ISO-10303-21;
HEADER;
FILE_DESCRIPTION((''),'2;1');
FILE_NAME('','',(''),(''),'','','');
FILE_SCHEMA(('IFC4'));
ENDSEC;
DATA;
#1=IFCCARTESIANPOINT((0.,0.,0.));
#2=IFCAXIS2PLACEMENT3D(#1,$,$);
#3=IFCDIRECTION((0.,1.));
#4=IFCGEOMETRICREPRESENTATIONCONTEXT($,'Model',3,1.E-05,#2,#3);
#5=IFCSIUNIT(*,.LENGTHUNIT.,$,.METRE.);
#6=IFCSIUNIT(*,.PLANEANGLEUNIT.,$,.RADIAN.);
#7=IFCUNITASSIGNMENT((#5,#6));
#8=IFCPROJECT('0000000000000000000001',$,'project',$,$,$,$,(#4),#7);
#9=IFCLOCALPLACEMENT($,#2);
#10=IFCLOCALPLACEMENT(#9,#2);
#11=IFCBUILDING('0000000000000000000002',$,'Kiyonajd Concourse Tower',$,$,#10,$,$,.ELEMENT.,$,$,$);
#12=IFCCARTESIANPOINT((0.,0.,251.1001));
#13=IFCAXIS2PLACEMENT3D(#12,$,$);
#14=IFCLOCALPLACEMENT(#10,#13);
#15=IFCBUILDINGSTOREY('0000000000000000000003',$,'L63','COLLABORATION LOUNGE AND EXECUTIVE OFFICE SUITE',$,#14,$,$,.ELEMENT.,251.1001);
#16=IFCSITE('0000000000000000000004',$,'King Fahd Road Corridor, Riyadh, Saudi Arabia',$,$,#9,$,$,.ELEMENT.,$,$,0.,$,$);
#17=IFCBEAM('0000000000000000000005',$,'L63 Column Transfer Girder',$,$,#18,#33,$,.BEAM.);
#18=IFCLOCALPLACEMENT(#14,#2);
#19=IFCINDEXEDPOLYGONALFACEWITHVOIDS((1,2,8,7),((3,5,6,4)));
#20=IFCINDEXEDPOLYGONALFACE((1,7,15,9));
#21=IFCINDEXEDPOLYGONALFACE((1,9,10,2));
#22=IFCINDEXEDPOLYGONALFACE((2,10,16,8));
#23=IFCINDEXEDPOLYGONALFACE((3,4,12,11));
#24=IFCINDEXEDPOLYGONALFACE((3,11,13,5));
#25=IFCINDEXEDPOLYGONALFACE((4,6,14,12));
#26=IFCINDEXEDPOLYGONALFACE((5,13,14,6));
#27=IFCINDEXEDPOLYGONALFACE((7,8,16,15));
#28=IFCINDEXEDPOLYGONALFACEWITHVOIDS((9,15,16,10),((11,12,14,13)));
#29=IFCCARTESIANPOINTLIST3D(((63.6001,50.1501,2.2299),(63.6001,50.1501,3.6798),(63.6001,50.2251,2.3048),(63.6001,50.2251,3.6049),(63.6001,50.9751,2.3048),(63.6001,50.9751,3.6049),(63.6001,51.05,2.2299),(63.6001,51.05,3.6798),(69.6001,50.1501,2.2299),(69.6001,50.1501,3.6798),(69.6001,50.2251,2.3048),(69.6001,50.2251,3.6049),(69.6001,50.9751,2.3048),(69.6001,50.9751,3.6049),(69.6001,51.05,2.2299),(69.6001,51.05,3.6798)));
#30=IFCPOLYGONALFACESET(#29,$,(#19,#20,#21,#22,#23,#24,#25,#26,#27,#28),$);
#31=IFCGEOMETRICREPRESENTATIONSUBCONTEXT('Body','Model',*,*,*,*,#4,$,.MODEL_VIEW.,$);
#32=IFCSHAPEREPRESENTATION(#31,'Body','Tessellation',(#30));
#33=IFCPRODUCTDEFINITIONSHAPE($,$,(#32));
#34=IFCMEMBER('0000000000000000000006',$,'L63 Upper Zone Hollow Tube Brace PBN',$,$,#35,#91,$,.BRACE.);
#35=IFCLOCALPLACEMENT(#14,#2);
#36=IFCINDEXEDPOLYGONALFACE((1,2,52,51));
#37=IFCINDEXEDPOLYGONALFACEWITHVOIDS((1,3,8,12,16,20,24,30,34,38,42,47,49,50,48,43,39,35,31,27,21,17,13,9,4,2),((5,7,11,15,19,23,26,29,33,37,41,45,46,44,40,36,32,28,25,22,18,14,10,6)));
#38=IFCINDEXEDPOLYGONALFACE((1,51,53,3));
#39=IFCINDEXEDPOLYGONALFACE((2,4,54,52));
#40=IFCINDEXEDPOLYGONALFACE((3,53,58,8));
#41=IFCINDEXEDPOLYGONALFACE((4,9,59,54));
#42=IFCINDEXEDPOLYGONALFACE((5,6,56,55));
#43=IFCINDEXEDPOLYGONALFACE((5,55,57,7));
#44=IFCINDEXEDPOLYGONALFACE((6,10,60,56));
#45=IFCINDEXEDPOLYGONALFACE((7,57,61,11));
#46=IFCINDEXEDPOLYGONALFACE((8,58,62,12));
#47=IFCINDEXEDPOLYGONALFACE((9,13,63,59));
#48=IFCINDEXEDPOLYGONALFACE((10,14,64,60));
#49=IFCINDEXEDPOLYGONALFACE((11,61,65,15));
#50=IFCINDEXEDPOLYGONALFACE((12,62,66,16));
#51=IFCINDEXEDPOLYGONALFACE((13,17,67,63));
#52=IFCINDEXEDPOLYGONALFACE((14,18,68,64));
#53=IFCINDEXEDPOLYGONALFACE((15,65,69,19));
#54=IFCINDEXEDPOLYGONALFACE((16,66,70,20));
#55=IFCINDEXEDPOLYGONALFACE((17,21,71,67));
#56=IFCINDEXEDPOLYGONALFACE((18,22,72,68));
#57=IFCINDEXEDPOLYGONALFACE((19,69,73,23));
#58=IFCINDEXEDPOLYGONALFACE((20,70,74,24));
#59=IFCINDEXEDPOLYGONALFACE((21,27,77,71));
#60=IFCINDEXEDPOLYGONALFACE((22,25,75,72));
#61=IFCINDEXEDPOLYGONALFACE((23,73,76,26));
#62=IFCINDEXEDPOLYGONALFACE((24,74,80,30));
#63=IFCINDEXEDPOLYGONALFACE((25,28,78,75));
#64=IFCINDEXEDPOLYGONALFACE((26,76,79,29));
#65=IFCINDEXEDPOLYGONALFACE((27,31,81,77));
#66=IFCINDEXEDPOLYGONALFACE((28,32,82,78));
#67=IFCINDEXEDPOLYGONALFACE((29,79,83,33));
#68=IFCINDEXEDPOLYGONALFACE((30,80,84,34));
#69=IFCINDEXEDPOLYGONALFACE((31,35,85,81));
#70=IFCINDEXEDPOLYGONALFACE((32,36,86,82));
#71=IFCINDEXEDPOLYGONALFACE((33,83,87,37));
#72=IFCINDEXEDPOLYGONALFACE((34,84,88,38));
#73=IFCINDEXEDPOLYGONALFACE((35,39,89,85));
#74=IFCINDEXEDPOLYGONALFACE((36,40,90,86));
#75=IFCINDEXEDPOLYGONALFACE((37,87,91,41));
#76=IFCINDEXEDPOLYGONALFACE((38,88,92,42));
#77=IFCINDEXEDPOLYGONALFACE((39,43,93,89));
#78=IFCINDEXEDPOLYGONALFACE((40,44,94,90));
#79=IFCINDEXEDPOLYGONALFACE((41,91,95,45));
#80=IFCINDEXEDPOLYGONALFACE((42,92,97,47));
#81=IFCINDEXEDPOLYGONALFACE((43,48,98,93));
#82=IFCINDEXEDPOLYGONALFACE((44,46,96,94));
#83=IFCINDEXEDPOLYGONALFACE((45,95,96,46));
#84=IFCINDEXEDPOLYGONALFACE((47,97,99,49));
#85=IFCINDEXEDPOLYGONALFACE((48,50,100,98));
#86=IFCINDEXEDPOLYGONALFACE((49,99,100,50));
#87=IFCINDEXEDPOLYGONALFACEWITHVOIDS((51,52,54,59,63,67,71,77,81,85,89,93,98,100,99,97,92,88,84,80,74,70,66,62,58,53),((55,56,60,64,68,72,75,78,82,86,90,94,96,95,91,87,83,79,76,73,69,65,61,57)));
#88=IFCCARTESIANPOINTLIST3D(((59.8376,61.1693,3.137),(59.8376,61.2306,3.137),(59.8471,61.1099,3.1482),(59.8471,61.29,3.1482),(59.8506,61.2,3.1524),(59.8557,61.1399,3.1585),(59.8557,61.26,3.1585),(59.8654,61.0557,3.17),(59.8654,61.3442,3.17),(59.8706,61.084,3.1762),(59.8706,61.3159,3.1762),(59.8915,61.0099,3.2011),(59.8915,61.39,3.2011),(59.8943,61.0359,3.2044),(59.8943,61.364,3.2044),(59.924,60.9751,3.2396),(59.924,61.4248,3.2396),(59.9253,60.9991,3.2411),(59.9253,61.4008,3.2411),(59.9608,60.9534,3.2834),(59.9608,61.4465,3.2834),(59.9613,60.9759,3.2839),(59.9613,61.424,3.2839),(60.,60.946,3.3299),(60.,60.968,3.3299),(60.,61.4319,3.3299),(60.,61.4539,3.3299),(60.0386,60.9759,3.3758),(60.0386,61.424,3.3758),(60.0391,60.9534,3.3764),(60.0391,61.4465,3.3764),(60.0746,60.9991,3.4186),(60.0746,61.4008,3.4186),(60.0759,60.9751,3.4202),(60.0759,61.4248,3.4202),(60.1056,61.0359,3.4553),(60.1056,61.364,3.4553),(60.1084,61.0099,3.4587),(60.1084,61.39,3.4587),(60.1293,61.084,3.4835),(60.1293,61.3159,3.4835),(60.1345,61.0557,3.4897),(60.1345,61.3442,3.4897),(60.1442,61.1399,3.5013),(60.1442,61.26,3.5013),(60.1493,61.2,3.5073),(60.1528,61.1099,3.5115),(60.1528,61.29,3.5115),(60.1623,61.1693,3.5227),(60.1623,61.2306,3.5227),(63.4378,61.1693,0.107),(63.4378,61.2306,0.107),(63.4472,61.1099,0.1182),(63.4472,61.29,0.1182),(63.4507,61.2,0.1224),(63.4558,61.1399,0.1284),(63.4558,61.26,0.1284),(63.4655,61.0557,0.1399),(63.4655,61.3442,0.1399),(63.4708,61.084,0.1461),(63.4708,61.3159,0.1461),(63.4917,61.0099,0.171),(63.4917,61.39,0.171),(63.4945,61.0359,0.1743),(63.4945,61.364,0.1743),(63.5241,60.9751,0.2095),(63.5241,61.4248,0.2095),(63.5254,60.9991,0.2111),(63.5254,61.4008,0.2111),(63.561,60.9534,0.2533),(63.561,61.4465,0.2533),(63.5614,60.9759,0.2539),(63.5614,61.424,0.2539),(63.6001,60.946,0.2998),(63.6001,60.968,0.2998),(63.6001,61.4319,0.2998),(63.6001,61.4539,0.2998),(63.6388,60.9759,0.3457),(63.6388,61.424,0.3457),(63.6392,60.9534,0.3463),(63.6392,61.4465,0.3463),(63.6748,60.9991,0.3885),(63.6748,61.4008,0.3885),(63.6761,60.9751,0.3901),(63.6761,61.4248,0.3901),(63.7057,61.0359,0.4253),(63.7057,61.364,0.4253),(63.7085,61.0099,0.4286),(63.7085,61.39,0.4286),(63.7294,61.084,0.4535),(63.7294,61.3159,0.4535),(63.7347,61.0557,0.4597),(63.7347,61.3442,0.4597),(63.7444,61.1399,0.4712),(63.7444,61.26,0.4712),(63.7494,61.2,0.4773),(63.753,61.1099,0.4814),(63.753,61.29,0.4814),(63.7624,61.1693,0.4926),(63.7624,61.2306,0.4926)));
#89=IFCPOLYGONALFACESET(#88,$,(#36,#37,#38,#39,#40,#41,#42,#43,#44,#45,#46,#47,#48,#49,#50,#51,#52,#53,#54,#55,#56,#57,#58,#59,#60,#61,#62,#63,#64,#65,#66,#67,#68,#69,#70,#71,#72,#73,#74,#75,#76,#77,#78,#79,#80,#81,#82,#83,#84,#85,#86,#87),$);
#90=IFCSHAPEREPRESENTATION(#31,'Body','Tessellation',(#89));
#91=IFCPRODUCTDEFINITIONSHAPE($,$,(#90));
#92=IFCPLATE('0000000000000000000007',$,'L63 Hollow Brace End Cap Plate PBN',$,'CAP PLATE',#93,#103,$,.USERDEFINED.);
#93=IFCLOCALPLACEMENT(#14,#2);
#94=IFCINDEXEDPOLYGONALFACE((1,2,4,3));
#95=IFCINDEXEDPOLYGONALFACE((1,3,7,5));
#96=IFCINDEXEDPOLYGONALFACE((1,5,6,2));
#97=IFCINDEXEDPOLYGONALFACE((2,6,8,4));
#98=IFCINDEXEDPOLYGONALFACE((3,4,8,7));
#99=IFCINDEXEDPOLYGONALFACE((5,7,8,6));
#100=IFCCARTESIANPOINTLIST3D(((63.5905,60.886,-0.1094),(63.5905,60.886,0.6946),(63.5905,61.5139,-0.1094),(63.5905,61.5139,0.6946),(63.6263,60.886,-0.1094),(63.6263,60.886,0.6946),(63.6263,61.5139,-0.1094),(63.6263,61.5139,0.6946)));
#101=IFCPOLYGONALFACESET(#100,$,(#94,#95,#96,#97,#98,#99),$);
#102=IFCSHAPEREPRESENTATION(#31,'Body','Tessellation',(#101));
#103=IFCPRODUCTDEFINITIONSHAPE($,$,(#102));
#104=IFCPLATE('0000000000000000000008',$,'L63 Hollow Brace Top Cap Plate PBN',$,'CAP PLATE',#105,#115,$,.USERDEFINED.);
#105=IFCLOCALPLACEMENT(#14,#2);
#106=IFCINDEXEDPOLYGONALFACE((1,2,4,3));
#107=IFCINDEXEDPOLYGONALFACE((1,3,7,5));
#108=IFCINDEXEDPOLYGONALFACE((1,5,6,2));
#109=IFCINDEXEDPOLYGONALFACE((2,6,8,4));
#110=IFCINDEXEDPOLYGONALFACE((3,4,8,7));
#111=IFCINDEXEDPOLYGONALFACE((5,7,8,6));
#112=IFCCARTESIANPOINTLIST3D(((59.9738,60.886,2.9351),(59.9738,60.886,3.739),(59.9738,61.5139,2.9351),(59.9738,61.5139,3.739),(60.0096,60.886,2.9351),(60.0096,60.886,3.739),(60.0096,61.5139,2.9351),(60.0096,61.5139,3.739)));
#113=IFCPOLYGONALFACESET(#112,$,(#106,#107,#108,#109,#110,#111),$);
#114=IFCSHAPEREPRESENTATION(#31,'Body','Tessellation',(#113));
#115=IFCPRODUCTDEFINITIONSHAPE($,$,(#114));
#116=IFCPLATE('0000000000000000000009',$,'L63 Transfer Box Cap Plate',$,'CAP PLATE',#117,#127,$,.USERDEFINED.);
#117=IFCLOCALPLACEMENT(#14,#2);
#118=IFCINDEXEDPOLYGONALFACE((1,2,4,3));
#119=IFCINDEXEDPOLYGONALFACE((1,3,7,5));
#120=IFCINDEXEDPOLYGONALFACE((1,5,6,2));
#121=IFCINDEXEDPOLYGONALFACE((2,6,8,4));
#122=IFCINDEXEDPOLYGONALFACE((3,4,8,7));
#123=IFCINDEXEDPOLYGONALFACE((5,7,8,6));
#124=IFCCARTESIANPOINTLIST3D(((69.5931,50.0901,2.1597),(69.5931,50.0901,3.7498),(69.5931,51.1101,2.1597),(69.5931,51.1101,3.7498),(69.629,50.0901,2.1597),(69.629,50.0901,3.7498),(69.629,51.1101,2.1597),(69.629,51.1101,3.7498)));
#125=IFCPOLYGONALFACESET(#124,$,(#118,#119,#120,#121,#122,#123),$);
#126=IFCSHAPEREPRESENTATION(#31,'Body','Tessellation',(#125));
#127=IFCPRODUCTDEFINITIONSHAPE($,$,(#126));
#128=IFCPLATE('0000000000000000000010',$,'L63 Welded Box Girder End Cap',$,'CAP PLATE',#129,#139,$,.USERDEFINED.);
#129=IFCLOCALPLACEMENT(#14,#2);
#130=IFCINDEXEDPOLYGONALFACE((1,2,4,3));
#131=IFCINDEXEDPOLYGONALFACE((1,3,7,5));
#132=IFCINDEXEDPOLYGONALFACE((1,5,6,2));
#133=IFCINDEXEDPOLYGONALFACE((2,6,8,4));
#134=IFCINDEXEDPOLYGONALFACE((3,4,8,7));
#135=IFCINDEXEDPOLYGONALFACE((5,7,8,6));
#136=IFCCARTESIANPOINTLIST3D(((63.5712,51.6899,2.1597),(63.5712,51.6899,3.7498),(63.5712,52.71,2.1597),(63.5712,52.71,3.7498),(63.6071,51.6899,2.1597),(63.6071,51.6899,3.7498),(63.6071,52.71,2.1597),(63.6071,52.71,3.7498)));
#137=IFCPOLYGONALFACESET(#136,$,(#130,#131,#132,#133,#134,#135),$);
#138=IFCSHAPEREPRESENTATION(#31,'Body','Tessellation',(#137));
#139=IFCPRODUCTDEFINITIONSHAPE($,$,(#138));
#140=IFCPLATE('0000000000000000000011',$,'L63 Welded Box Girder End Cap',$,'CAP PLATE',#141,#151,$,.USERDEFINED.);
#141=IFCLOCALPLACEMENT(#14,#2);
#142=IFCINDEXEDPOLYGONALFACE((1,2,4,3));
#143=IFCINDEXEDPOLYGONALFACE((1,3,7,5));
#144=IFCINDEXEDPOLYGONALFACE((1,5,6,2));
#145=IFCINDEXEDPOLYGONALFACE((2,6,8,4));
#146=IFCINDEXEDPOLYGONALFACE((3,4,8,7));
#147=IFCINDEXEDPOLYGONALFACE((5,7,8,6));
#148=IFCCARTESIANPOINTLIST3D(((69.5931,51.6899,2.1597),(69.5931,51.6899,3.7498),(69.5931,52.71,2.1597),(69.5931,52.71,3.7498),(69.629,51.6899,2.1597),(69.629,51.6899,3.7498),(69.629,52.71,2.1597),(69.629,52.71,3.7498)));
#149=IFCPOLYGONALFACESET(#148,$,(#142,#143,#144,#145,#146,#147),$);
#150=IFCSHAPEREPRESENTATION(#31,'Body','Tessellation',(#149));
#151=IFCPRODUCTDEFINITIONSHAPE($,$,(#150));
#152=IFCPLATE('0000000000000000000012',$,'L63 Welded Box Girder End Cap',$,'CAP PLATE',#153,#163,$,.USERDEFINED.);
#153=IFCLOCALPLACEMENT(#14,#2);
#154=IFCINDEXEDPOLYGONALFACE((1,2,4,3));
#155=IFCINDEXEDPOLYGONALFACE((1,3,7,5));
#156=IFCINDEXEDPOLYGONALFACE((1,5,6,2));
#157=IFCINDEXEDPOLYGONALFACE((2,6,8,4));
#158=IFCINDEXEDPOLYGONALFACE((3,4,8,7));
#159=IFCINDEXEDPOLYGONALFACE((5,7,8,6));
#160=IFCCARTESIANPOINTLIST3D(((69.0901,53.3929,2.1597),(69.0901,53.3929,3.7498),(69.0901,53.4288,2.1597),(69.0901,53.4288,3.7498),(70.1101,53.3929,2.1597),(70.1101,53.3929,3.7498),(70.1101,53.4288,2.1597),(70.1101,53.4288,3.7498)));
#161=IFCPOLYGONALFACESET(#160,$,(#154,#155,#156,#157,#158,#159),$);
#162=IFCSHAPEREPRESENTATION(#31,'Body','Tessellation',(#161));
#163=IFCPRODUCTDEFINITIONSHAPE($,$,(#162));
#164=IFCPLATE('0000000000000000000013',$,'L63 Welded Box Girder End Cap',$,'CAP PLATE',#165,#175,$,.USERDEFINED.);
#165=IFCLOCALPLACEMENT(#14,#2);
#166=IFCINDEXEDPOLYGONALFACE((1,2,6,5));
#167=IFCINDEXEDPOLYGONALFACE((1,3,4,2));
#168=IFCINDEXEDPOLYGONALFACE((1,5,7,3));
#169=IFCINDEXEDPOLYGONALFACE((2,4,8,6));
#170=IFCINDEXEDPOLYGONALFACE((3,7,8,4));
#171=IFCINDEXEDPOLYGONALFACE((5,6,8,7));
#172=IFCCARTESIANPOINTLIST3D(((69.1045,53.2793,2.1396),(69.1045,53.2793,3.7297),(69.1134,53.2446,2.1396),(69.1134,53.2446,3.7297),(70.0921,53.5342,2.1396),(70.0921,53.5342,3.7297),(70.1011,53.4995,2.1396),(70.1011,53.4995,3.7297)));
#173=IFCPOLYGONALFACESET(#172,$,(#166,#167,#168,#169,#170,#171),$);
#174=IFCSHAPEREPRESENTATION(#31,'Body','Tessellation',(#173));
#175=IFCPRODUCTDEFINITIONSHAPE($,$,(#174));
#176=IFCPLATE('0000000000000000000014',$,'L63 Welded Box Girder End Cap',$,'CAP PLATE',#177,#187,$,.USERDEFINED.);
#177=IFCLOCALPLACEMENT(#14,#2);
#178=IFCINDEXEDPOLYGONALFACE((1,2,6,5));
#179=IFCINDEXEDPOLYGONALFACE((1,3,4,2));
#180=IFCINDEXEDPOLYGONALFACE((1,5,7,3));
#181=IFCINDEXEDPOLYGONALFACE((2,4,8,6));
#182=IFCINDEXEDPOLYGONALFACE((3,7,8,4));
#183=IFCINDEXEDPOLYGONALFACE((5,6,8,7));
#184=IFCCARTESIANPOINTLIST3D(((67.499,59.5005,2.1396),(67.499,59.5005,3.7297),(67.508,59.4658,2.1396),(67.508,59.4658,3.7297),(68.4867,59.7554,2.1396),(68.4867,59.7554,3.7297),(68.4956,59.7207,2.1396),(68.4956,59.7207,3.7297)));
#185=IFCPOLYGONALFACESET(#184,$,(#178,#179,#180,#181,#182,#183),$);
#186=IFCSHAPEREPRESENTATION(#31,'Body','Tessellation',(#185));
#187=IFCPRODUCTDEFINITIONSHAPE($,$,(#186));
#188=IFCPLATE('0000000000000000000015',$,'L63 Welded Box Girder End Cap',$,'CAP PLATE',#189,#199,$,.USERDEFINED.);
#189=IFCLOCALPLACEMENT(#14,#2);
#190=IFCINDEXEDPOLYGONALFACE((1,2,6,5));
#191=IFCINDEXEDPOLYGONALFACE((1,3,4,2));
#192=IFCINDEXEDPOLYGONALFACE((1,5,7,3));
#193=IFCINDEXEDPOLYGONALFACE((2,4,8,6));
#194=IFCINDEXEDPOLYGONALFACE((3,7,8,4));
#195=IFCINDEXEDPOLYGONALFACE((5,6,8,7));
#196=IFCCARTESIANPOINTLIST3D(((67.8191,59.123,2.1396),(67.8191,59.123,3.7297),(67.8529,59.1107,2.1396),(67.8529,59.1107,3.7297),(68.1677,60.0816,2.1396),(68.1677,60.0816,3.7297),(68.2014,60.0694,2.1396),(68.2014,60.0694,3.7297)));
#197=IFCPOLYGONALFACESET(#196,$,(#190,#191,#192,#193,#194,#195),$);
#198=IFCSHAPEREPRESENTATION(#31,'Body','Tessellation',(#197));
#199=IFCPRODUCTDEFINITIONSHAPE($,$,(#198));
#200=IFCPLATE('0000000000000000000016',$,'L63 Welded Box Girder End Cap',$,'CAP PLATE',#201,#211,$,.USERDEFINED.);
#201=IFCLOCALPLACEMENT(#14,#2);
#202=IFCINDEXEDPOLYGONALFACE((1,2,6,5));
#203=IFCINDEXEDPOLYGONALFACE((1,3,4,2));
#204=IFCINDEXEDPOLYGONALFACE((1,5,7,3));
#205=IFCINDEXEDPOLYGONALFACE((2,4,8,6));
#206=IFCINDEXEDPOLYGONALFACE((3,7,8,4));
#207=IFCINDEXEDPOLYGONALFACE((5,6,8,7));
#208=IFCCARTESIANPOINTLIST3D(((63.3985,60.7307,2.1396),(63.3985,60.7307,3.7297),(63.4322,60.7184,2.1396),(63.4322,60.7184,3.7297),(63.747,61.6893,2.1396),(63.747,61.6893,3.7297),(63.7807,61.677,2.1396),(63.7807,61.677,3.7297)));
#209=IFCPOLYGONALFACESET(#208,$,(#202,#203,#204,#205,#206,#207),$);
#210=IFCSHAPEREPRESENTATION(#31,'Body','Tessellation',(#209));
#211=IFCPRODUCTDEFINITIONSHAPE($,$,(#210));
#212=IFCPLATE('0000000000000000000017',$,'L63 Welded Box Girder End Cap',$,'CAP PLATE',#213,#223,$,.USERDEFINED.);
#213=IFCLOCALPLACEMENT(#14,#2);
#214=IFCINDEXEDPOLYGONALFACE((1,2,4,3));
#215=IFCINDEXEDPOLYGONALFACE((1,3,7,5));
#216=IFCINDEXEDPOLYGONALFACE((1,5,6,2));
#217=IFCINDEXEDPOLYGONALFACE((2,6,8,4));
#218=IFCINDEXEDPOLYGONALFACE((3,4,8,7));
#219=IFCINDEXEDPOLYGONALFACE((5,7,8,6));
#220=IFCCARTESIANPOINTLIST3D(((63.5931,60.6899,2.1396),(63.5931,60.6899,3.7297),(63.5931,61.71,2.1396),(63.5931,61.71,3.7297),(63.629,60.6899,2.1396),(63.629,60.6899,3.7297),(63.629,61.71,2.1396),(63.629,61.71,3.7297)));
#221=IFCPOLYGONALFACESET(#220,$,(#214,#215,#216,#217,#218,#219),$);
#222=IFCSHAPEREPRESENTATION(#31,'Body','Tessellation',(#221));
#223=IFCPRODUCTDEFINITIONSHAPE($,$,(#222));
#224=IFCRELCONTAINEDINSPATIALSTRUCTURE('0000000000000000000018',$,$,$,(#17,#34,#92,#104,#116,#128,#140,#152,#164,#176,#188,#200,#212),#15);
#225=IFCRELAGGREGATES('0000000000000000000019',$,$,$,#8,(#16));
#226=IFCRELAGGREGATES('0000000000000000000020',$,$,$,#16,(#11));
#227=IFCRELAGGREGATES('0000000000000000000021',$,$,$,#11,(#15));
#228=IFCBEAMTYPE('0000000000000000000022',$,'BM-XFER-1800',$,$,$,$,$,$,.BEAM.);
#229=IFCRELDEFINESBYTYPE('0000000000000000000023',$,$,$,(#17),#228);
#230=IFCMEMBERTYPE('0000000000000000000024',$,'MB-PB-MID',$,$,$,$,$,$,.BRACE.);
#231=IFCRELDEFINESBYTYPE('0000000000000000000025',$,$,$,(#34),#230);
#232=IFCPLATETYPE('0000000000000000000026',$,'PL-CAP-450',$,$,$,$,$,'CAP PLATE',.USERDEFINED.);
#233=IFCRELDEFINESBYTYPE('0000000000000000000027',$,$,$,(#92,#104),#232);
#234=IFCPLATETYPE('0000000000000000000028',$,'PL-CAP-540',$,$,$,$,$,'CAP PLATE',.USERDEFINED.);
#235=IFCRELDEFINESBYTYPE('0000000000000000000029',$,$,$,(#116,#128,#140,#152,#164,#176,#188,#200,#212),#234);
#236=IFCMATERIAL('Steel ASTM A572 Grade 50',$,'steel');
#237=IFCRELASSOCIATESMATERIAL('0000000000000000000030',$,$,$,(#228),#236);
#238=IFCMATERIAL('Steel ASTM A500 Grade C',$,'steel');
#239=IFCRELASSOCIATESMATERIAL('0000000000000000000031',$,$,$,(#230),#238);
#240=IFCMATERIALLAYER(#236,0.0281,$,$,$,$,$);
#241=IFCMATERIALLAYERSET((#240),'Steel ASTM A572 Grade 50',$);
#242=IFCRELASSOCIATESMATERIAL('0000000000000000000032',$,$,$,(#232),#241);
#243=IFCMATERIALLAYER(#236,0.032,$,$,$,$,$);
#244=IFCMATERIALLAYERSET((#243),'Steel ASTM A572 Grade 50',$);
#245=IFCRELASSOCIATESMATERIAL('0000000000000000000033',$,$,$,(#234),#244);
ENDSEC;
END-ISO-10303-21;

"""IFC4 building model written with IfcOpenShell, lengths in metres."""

from ifc_helpers import new_model, si_unit, direction, frame, origin, origin_2d, place, context, subcontext, project, spatial, rectangle, hollow_rectangle, hollow_circle, extrude, material, layer, layer_set, material_profile, profile_set, type_object, element, save


model = new_model("IFC4")

# Units and contexts
model_context = context("Model", 3, precision=1e-05, world=origin(), true_north=direction((0.0, 1.0)))
body_context = subcontext(model_context, "Body", "Model", "MODEL_VIEW")
ifc_project = project(units=[si_unit("LENGTHUNIT", "METRE"), si_unit("PLANEANGLEUNIT", "RADIAN")], contexts=[model_context])

# Site, building, storey
site_placement = place(None, origin())
site = spatial("IfcSite", under=ifc_project, at=site_placement, Name="King Fahd Road Corridor, Riyadh, Saudi Arabia", CompositionType="ELEMENT", RefElevation=0.0)
building_placement = place(site_placement, origin())
building = spatial("IfcBuilding", under=site, at=building_placement, Name="Kiyonajd Concourse Tower", CompositionType="ELEMENT")
storey_placement = place(building_placement, frame((0.0, 0.0, 251.1001)))
storey = spatial("IfcBuildingStorey", under=building, at=storey_placement, Name="L63", Description="COLLABORATION LOUNGE AND EXECUTIVE OFFICE SUITE", CompositionType="ELEMENT", Elevation=251.1001)

# Beam
ifc_material_1 = material(Name="Steel ASTM A572 Grade 50", Category="steel")
ifc_material_profile_1 = material_profile(ifc_material_1, hollow_rectangle(XDim=0.8999, YDim=1.45, WallThickness=0.075, at=origin_2d()), Name="BOX-1450x900x75")
ifc_profile_set_1 = profile_set([ifc_material_profile_1], Name="Steel ASTM A572 Grade 50")
beam_type_1 = type_object("IfcBeamType", Name="BM-XFER-1800", PredefinedType="BEAM", material=ifc_profile_set_1)
beam_1_placement = place(storey_placement, frame((63.6001, 50.6001, 2.9548), z_axis=(1.0, 0.0, 0.0), x_axis=(0.0, 1.0, 0.0)))
element("IfcBeam", 1, at=beam_1_placement, inside=storey, type_object=beam_type_1, Name="L63 Column Transfer Girder", PredefinedType="BEAM", context=body_context, shape_type="SweptSolid", body=[
    extrude(hollow_rectangle(XDim=0.8999, YDim=1.45, WallThickness=0.075, at=origin_2d()), origin(), (0.0, 0.0, 1.0), 6.0),
])

# Member
ifc_material_2 = material(Name="Steel ASTM A500 Grade C", Category="steel")
ifc_material_profile_2 = material_profile(ifc_material_2, hollow_circle(Radius=0.2539, WallThickness=0.022, at=origin_2d()), Name="CHS-508x22")
ifc_profile_set_2 = profile_set([ifc_material_profile_2], Name="Steel ASTM A500 Grade C")
member_type = type_object("IfcMemberType", Name="MB-PB-MID", PredefinedType="BRACE", material=ifc_profile_set_2)
member_placement = place(storey_placement, frame((63.6001, 61.2, 0.2998), z_axis=(-0.765082, 0.0, 0.643933), x_axis=(0.0, -1.0, 0.0)))
element("IfcMember", 2, at=member_placement, inside=storey, type_object=member_type, Name="L63 Upper Zone Hollow Tube Brace PBN", PredefinedType="BRACE", context=body_context, shape_type="SweptSolid", body=[
    extrude(hollow_circle(Radius=0.2539, WallThickness=0.022, at=origin_2d()), origin(), (0.0, 0.0, 1.0), 4.7056),
])

# Plates
ifc_layer_1 = layer(ifc_material_1, 0.0281)
ifc_layer_set_1 = layer_set([ifc_layer_1], Name="Steel ASTM A572 Grade 50")
plate_type_1 = type_object("IfcPlateType", Name="PL-CAP-450", ElementType="CAP PLATE", PredefinedType="USERDEFINED", material=ifc_layer_set_1)
for number, where, z_axis, x_axis, name in (
    (3, (63.6084, 61.2, -0.1094), (0.0, 0.0, 1.0), (1.0, 0.0, 0.0), "L63 Hollow Brace End Cap Plate PBN"),
    (4, (59.9917, 61.2, 2.9351), (0.0, 0.0, 1.0), (-1.0, 0.0, 0.0), "L63 Hollow Brace Top Cap Plate PBN"),
):
    element("IfcPlate", number, at=place(storey_placement, frame(where, z_axis=z_axis, x_axis=x_axis)), inside=storey, type_object=plate_type_1, Name=name, ObjectType="CAP PLATE", PredefinedType="USERDEFINED", context=body_context, shape_type="SweptSolid", body=[
        extrude(rectangle(XDim=0.0359, YDim=0.6279, at=origin_2d()), origin(), (0.0, 0.0, 1.0), 0.804),
    ])
ifc_layer_2 = layer(ifc_material_1, 0.032)
ifc_layer_set_2 = layer_set([ifc_layer_2], Name="Steel ASTM A572 Grade 50")
plate_type_2 = type_object("IfcPlateType", Name="PL-CAP-540", ElementType="CAP PLATE", PredefinedType="USERDEFINED", material=ifc_layer_set_2)
for number, where, z_axis, x_axis, name in (
    (5, (69.6111, 50.6001, 2.1597), (0.0, 0.0, 1.0), (1.0, 0.0, 0.0), "L63 Transfer Box Cap Plate"),
    (6, (63.5891, 52.2, 2.1597), (0.0, 0.0, 1.0), (-1.0, 0.0, 0.0), "L63 Welded Box Girder End Cap"),
    (7, (69.6111, 52.2, 2.1597), (0.0, 0.0, 1.0), (1.0, 0.0, 0.0), "L63 Welded Box Girder End Cap"),
    (8, (69.6001, 53.4109, 2.1597), (0.0, 0.0, 1.0), (0.0, 1.0, 0.0), "L63 Welded Box Girder End Cap"),
    (9, (69.6028, 53.3894, 2.1396), (0.0, 0.0, 1.0), (0.249873, -0.968279, 0.0), "L63 Welded Box Girder End Cap"),
    (10, (67.9973, 59.6106, 2.1396), (0.0, 0.0, 1.0), (-0.249873, 0.968279, 0.0), "L63 Welded Box Girder End Cap"),
    (11, (68.0103, 59.5962, 2.1396), (0.0, 0.0, 1.0), (0.939812, -0.341692, 0.0), "L63 Welded Box Girder End Cap"),
    (12, (63.5896, 61.2039, 2.1396), (0.0, 0.0, 1.0), (-0.939812, 0.341692, 0.0), "L63 Welded Box Girder End Cap"),
    (13, (63.6111, 61.2, 2.1396), (0.0, 0.0, 1.0), (1.0, 0.0, 0.0), "L63 Welded Box Girder End Cap"),
):
    element("IfcPlate", number, at=place(storey_placement, frame(where, z_axis=z_axis, x_axis=x_axis)), inside=storey, type_object=plate_type_2, Name=name, ObjectType="CAP PLATE", PredefinedType="USERDEFINED", context=body_context, shape_type="SweptSolid", body=[
        extrude(rectangle(XDim=0.0359, YDim=1.02, at=origin_2d()), origin(), (0.0, 0.0, 1.0), 1.5901),
    ])

save(model, "model.ifc")
